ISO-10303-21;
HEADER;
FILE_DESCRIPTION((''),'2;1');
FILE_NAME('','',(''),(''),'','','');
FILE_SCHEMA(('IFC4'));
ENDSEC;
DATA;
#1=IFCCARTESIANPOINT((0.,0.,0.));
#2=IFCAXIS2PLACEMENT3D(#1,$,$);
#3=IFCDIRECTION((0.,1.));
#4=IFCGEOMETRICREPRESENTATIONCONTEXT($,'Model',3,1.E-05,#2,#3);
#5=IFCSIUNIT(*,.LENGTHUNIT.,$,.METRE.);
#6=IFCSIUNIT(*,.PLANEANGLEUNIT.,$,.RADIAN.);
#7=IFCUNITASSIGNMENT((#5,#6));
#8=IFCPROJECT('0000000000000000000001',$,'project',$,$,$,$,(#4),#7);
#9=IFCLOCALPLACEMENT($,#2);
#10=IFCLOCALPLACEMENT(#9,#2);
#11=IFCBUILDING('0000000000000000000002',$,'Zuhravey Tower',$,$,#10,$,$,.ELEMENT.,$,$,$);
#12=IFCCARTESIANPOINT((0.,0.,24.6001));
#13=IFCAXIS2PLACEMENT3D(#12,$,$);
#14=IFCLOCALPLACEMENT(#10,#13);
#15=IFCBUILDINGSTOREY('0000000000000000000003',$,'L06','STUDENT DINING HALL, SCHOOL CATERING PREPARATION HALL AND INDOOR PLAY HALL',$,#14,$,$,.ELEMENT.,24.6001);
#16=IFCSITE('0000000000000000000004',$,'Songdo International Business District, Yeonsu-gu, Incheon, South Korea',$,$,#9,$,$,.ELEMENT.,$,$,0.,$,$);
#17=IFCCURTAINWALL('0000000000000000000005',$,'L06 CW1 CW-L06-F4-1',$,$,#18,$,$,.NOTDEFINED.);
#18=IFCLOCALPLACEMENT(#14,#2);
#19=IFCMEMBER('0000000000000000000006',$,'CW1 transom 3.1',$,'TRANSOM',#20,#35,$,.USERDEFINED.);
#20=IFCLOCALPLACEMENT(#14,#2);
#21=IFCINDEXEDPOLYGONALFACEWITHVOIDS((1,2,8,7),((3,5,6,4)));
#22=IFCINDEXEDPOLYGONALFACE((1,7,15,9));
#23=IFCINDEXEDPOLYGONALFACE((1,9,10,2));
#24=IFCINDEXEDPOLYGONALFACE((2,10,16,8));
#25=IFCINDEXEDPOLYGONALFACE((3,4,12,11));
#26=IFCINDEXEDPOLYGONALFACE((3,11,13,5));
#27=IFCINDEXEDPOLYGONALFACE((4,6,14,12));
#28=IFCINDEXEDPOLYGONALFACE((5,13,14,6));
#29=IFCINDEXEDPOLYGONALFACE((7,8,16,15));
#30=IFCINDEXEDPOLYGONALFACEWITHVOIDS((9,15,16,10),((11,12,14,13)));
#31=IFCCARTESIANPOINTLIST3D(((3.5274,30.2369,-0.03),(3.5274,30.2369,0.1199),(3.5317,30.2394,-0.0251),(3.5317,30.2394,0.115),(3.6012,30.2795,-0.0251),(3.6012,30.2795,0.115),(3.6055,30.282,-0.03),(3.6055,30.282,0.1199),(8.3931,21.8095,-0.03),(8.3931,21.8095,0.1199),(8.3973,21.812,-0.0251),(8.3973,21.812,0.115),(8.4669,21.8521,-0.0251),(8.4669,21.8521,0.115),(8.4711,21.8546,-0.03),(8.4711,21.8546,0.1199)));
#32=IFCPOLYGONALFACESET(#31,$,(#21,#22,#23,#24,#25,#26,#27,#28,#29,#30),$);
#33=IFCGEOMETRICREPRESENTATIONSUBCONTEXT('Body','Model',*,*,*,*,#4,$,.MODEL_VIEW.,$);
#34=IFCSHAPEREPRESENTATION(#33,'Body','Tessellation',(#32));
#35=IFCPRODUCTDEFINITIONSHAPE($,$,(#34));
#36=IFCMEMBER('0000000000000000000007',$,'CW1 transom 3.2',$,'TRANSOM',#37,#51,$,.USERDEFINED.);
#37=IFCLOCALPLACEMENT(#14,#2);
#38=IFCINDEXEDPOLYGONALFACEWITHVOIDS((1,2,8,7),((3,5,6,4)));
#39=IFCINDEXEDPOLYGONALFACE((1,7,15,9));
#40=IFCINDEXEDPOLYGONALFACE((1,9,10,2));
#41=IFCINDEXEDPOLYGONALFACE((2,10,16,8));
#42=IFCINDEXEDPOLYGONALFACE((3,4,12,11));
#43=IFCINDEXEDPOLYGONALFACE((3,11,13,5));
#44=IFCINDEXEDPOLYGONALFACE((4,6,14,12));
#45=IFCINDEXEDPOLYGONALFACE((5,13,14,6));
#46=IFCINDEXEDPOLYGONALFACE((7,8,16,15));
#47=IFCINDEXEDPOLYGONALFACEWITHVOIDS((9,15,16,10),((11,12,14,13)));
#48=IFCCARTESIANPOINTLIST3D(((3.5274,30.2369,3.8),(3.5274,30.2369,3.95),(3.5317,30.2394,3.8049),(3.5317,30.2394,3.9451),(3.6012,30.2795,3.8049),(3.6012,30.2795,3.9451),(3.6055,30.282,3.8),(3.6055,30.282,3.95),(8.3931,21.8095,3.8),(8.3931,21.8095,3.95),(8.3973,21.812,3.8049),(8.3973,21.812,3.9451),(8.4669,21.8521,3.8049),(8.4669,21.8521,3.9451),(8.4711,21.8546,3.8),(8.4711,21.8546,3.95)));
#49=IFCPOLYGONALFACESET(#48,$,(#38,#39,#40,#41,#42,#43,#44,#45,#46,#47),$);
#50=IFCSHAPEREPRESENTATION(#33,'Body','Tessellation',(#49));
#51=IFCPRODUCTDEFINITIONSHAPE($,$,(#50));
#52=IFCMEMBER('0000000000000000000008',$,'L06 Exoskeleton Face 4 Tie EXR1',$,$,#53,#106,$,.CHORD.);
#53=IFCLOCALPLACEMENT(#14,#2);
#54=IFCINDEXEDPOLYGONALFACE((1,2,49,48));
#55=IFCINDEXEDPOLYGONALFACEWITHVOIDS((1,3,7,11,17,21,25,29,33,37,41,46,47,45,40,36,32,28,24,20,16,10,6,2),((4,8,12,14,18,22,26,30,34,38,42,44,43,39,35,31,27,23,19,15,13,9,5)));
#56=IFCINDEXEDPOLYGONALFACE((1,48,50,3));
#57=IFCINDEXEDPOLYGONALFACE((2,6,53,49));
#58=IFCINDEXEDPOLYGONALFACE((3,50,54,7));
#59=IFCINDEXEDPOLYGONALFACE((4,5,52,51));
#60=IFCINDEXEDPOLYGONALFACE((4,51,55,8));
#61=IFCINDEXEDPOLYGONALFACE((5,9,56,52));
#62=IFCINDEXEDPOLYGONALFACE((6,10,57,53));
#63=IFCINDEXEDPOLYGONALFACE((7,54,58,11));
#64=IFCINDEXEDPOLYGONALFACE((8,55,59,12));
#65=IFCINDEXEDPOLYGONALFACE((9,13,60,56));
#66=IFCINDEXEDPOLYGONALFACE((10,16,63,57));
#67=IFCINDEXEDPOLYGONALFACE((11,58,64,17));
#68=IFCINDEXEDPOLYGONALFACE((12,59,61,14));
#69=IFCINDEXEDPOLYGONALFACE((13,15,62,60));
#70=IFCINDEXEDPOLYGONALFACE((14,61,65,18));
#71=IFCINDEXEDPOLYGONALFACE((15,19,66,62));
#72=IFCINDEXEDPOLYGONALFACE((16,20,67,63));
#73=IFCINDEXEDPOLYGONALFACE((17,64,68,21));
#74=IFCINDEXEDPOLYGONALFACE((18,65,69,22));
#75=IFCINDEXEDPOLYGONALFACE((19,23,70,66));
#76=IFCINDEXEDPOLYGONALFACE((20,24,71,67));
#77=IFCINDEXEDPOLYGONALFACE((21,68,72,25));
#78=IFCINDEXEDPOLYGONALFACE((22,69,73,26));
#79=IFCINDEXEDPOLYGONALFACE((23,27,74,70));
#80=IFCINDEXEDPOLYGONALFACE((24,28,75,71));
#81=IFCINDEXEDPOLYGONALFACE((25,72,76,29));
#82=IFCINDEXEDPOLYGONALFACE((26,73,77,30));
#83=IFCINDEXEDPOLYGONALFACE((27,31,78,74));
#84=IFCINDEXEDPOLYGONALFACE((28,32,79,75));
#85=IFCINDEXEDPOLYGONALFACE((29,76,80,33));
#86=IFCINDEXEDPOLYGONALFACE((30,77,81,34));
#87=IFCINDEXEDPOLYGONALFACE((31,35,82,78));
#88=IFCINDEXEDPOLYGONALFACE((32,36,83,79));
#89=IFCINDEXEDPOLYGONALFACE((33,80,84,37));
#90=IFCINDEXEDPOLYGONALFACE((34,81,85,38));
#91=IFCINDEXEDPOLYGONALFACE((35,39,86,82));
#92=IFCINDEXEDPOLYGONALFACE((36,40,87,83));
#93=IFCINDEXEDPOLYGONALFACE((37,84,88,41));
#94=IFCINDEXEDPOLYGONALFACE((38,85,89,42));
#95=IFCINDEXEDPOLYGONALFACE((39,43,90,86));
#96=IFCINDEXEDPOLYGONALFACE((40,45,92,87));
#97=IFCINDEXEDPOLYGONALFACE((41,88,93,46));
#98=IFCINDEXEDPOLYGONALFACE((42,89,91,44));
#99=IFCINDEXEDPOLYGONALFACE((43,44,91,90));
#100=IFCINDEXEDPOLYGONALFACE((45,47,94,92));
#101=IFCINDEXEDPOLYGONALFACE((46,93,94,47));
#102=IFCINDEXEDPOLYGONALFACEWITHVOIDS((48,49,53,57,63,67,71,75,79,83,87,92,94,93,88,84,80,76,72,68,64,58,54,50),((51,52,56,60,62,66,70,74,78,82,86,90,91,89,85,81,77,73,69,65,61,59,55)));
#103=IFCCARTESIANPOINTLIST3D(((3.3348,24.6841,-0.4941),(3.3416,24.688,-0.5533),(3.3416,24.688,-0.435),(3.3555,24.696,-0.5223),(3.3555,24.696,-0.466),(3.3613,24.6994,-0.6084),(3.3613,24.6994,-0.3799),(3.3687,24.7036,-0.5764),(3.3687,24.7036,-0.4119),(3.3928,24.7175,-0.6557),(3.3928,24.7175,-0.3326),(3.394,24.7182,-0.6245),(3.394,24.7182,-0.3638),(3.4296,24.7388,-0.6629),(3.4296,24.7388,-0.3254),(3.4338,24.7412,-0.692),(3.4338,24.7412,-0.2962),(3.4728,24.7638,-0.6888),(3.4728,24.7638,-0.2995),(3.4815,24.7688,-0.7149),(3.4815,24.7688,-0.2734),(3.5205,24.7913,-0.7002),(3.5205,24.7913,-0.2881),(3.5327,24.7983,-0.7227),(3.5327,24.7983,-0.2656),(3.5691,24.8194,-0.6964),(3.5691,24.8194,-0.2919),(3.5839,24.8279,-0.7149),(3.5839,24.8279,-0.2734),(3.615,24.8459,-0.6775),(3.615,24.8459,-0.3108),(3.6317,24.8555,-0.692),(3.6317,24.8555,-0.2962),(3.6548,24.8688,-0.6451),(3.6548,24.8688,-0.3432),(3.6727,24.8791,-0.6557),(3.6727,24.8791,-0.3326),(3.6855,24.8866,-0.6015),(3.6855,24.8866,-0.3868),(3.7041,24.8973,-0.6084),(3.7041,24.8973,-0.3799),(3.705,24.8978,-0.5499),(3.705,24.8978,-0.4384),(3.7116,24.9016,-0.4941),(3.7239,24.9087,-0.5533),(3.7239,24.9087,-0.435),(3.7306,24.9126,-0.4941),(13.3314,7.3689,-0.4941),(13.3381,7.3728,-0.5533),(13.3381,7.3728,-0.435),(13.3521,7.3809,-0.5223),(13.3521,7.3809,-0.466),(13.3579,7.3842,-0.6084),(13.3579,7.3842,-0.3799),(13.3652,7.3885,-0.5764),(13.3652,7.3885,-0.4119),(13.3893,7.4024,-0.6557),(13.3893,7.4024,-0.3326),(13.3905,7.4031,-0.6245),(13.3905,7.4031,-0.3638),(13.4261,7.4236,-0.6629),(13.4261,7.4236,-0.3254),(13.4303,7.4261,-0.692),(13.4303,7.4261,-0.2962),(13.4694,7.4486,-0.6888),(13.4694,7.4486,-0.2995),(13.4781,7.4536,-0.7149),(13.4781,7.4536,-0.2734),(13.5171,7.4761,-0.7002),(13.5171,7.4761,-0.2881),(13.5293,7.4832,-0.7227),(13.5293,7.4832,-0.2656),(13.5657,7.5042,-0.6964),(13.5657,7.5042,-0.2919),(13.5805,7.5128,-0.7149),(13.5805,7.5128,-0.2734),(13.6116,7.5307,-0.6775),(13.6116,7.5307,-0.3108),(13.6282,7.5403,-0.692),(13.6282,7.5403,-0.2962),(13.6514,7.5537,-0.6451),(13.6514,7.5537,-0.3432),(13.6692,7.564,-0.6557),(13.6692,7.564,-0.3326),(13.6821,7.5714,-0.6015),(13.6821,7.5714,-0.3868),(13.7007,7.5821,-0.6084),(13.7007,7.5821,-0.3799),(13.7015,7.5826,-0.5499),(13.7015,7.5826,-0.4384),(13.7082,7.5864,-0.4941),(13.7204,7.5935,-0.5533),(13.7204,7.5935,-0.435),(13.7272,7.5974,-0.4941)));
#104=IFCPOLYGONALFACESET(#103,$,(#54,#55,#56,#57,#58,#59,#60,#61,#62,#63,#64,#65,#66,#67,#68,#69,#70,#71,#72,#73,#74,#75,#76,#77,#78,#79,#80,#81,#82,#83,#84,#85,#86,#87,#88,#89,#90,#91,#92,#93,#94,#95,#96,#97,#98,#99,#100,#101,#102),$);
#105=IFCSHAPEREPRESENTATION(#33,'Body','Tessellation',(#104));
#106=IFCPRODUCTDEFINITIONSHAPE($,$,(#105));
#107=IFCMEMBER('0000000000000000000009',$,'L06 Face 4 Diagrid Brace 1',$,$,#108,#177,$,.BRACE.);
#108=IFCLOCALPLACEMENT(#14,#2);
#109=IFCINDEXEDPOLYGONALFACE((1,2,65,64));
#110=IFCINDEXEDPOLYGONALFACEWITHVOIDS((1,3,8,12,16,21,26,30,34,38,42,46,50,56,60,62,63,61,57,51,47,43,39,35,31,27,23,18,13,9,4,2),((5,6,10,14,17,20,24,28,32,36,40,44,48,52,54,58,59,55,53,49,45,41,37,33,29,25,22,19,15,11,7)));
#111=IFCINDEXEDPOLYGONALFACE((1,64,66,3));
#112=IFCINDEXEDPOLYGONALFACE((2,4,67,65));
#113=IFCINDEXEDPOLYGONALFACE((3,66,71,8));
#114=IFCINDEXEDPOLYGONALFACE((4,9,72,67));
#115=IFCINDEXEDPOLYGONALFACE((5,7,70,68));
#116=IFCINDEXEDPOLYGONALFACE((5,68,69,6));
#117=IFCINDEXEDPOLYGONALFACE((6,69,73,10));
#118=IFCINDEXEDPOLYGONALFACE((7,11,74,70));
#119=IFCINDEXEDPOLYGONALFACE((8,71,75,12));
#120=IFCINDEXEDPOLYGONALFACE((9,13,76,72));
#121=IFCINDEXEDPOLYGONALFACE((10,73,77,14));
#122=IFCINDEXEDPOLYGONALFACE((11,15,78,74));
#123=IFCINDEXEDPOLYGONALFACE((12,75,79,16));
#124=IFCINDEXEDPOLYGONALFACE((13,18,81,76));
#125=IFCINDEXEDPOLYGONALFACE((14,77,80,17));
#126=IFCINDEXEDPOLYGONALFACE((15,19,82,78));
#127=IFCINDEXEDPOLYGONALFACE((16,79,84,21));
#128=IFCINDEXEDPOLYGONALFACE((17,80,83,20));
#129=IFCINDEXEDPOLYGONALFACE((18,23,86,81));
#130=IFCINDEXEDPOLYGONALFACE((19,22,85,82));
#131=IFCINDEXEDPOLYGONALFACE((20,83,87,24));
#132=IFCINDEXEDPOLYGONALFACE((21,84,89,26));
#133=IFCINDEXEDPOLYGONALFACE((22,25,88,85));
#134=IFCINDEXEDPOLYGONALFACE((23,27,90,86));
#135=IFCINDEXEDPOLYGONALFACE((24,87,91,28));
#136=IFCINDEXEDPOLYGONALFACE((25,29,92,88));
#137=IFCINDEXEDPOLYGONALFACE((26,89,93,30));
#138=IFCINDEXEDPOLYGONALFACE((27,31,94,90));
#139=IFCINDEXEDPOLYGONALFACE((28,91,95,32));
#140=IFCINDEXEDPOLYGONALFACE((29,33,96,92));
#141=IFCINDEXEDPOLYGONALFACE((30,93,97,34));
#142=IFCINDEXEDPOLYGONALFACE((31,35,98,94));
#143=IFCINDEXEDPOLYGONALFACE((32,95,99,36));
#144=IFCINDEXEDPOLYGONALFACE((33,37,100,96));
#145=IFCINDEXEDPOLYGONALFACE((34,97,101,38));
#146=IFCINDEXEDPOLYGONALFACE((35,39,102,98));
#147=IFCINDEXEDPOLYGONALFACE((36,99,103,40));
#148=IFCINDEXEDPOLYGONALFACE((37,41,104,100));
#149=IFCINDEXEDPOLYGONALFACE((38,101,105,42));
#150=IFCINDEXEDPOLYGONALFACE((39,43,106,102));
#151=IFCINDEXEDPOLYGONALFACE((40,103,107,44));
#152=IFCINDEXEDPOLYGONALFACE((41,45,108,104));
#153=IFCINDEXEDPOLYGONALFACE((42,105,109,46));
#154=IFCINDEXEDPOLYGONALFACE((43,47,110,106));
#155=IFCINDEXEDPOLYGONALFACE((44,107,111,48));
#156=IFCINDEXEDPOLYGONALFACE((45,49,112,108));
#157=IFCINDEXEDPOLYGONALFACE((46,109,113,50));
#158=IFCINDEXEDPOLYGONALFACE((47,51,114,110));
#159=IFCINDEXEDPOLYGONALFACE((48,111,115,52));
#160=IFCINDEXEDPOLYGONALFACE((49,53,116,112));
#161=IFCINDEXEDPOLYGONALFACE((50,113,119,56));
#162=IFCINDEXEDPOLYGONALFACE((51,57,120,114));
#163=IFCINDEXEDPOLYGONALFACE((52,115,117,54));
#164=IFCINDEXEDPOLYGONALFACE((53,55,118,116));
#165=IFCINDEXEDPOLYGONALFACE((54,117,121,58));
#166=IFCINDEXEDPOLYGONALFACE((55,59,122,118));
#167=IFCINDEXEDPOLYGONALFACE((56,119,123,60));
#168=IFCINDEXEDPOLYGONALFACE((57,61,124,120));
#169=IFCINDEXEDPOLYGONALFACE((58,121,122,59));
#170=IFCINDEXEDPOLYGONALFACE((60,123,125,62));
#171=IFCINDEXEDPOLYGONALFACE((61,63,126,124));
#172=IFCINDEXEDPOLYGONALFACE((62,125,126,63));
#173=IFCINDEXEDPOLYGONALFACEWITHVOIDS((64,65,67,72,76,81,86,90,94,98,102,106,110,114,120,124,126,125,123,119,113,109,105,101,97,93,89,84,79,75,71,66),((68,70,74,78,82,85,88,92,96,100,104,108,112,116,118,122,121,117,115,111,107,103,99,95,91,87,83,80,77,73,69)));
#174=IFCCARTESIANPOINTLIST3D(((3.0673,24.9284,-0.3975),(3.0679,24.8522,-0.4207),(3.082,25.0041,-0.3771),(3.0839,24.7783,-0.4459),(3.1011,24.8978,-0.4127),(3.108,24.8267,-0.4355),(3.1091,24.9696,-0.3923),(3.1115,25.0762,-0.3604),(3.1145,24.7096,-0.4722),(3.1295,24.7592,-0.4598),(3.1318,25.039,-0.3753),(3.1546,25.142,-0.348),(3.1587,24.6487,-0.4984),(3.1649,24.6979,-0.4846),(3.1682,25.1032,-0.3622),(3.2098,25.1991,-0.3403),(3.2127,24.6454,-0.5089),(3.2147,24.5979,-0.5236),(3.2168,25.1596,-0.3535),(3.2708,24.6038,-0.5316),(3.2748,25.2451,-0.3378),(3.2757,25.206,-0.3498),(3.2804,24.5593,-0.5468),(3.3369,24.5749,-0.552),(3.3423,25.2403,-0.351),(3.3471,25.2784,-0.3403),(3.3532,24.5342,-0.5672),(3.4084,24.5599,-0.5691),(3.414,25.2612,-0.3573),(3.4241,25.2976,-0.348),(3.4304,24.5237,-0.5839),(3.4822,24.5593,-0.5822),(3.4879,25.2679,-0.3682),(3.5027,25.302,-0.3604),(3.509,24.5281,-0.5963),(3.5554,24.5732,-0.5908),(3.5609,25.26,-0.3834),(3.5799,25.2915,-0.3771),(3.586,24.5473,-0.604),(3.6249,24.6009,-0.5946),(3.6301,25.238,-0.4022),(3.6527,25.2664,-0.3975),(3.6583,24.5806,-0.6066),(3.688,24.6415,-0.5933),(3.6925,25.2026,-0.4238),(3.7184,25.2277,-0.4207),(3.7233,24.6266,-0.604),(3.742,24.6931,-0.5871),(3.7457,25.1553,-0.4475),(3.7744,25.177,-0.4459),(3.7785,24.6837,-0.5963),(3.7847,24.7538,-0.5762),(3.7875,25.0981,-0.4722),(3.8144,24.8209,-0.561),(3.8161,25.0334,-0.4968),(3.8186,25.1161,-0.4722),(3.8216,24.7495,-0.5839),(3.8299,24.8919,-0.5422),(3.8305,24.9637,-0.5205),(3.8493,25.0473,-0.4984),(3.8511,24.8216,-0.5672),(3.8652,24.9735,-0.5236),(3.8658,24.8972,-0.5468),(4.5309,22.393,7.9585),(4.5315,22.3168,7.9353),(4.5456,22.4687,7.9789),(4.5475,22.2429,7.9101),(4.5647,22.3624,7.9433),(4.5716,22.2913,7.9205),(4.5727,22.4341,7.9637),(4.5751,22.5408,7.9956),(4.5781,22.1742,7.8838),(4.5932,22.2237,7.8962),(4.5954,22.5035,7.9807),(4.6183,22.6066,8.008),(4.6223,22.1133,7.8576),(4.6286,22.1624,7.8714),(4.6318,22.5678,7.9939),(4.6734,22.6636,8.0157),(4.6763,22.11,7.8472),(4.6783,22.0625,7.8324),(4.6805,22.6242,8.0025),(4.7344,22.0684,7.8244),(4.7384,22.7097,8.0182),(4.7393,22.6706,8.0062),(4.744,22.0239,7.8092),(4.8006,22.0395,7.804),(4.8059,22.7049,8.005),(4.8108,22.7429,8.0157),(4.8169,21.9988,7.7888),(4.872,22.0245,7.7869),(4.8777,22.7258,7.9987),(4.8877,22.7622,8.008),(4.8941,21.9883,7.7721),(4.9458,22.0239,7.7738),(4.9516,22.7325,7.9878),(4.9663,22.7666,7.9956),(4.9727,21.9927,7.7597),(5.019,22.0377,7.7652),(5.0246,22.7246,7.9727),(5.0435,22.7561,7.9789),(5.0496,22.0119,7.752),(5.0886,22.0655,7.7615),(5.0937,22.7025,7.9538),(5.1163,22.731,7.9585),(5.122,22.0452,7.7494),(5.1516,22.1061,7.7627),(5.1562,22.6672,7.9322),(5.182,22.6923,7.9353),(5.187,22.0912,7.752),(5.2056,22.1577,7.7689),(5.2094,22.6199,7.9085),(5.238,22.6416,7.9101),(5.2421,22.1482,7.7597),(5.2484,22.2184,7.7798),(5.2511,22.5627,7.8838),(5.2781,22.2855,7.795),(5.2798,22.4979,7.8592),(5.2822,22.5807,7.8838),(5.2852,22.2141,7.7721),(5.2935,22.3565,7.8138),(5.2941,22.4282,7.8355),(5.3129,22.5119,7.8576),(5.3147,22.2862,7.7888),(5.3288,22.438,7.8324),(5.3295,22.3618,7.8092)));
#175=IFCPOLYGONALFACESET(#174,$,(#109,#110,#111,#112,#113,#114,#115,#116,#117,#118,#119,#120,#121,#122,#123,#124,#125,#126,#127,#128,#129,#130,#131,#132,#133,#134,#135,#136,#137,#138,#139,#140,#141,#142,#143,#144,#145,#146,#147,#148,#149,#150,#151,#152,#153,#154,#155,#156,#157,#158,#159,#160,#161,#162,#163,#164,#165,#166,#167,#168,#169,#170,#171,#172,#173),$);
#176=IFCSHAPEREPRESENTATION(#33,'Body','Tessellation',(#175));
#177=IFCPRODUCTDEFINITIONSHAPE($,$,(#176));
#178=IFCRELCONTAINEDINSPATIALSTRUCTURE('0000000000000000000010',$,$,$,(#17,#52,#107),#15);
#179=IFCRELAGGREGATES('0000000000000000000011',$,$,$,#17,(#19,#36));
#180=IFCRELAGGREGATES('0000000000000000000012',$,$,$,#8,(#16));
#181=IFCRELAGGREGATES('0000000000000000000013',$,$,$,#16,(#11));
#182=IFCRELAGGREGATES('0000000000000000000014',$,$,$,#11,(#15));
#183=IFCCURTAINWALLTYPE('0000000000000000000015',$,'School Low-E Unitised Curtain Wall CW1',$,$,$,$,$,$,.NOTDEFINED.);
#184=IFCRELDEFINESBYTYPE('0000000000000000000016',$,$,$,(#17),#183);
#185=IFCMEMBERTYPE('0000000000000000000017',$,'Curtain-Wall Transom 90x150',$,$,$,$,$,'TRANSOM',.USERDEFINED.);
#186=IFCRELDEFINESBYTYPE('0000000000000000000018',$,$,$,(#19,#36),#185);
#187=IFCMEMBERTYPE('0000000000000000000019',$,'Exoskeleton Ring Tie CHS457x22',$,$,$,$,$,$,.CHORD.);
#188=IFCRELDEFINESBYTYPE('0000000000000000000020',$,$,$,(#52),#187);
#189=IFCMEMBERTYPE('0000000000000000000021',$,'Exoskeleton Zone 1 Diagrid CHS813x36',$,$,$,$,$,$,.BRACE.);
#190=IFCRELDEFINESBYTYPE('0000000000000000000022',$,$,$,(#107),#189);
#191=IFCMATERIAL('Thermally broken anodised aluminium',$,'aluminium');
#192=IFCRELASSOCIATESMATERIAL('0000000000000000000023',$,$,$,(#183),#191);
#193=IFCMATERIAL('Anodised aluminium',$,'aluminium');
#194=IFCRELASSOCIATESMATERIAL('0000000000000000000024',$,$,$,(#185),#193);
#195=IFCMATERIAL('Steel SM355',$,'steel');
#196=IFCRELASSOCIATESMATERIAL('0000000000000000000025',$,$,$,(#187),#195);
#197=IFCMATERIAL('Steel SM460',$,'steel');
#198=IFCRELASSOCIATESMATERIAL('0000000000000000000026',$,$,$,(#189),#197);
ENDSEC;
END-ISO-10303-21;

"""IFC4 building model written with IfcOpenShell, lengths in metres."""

from ifc_helpers import new_model, si_unit, direction, frame, origin, origin_2d, place, context, subcontext, project, spatial, hollow_rectangle, hollow_circle, extrude, material, material_profile, profile_set, type_object, element, aggregate, save


model = new_model("IFC4")

# Units and contexts
model_context = context("Model", 3, precision=1e-05, world=origin(), true_north=direction((0.0, 1.0)))
body_context = subcontext(model_context, "Body", "Model", "MODEL_VIEW")
ifc_project = project(units=[si_unit("LENGTHUNIT", "METRE"), si_unit("PLANEANGLEUNIT", "RADIAN")], contexts=[model_context])

# Site, building, storey
site_placement = place(None, origin())
site = spatial("IfcSite", under=ifc_project, at=site_placement, Name="Songdo International Business District, Yeonsu-gu, Incheon, South Korea", CompositionType="ELEMENT", RefElevation=0.0)
building_placement = place(site_placement, origin())
building = spatial("IfcBuilding", under=site, at=building_placement, Name="Zuhravey Tower", CompositionType="ELEMENT")
storey_placement = place(building_placement, frame((0.0, 0.0, 24.6001)))
storey = spatial("IfcBuildingStorey", under=building, at=storey_placement, Name="L06", Description="STUDENT DINING HALL, SCHOOL CATERING PREPARATION HALL AND INDOOR PLAY HALL", CompositionType="ELEMENT", Elevation=24.6001)

# Shared definitions
ifc_material_1 = material(Name="Thermally broken anodised aluminium", Category="aluminium")
curtain_wall_type = type_object("IfcCurtainWallType", Name="School Low-E Unitised Curtain Wall CW1", PredefinedType="NOTDEFINED", material=ifc_material_1)
ifc_material_2 = material(Name="Anodised aluminium", Category="aluminium")

# Curtain wall, members
curtain_wall_1_placement = place(storey_placement, origin())
curtain_wall_1 = element("IfcCurtainWall", 1, at=curtain_wall_1_placement, inside=storey, type_object=curtain_wall_type, Name="L06 CW1 CW-L06-F4-1", PredefinedType="NOTDEFINED")
ifc_material_profile_1 = material_profile(ifc_material_2, hollow_rectangle(XDim=0.0901, YDim=0.1499, WallThickness=0.0049, at=origin_2d()), Name="ALU-RHS-90x150x5")
ifc_profile_set_1 = profile_set([ifc_material_profile_1], Name="Anodised aluminium")
member_type_1 = type_object("IfcMemberType", Name="Curtain-Wall Transom 90x150", ElementType="TRANSOM", PredefinedType="USERDEFINED", material=ifc_profile_set_1)
member_1_placement = place(storey_placement, frame((8.4321, 21.832, 0.0449), z_axis=(-0.500008, 0.866021, 0.0), x_axis=(-0.866021, -0.500008, 0.0)))
member_1 = element("IfcMember", 2, at=member_1_placement, type_object=member_type_1, Name="CW1 transom 3.1", ObjectType="TRANSOM", PredefinedType="USERDEFINED", context=body_context, shape_type="SweptSolid", body=[
    extrude(hollow_rectangle(XDim=0.0901, YDim=0.1499, WallThickness=0.0049, at=origin_2d()), origin(), (0.0, 0.0, 1.0), 9.7312),
])
member_2_placement = place(storey_placement, frame((8.4321, 21.832, 3.875), z_axis=(-0.500008, 0.866021, 0.0), x_axis=(-0.866021, -0.500008, 0.0)))
member_2 = element("IfcMember", 3, at=member_2_placement, type_object=member_type_1, Name="CW1 transom 3.2", ObjectType="TRANSOM", PredefinedType="USERDEFINED", context=body_context, shape_type="SweptSolid", body=[
    extrude(hollow_rectangle(XDim=0.0901, YDim=0.1499, WallThickness=0.0049, at=origin_2d()), origin(), (0.0, 0.0, 1.0), 9.7312),
])

# Members
ifc_material_3 = material(Name="Steel SM355", Category="steel")
ifc_material_profile_2 = material_profile(ifc_material_3, hollow_circle(Radius=0.2285, WallThickness=0.022, at=origin_2d()), Name="CHS-457.2x22")
ifc_profile_set_2 = profile_set([ifc_material_profile_2], Name="Steel SM355")
member_type_2 = type_object("IfcMemberType", Name="Exoskeleton Ring Tie CHS457x22", PredefinedType="CHORD", material=ifc_profile_set_2)
member_3_placement = place(storey_placement, frame((3.5327, 24.7983, -0.4941), z_axis=(0.499987, -0.866033, 0.0), x_axis=(0.866033, 0.499987, 0.0)))
element("IfcMember", 4, at=member_3_placement, inside=storey, type_object=member_type_2, Name="L06 Exoskeleton Face 4 Tie EXR1", PredefinedType="CHORD", context=body_context, shape_type="SweptSolid", body=[
    extrude(hollow_circle(Radius=0.2285, WallThickness=0.022, at=origin_2d()), origin(), (0.0, 0.0, 1.0), 19.9937),
])
ifc_material_4 = material(Name="Steel SM460", Category="steel")
ifc_material_profile_3 = material_profile(ifc_material_4, hollow_circle(Radius=0.4065, WallThickness=0.0359, at=origin_2d()), Name="CHS-812.8x36")
ifc_profile_set_3 = profile_set([ifc_material_profile_3], Name="Steel SM460")
member_type_3 = type_object("IfcMemberType", Name="Exoskeleton Zone 1 Diagrid CHS813x36", PredefinedType="BRACE", material=ifc_profile_set_3)
member_4_placement = place(storey_placement, frame((3.4666, 24.9128, -0.4722), z_axis=(0.165307, -0.286358, 0.943755), x_axis=(0.866054, 0.499951, 0.0)))
element("IfcMember", 5, at=member_4_placement, inside=storey, type_object=member_type_3, Name="L06 Face 4 Diagrid Brace 1", PredefinedType="BRACE", context=body_context, shape_type="SweptSolid", body=[
    extrude(hollow_circle(Radius=0.4065, WallThickness=0.0359, at=origin_2d()), origin(), (0.0, 0.0, 1.0), 8.854),
])

aggregate(curtain_wall_1, [member_1, member_2])

save(model, "model.ifc")
